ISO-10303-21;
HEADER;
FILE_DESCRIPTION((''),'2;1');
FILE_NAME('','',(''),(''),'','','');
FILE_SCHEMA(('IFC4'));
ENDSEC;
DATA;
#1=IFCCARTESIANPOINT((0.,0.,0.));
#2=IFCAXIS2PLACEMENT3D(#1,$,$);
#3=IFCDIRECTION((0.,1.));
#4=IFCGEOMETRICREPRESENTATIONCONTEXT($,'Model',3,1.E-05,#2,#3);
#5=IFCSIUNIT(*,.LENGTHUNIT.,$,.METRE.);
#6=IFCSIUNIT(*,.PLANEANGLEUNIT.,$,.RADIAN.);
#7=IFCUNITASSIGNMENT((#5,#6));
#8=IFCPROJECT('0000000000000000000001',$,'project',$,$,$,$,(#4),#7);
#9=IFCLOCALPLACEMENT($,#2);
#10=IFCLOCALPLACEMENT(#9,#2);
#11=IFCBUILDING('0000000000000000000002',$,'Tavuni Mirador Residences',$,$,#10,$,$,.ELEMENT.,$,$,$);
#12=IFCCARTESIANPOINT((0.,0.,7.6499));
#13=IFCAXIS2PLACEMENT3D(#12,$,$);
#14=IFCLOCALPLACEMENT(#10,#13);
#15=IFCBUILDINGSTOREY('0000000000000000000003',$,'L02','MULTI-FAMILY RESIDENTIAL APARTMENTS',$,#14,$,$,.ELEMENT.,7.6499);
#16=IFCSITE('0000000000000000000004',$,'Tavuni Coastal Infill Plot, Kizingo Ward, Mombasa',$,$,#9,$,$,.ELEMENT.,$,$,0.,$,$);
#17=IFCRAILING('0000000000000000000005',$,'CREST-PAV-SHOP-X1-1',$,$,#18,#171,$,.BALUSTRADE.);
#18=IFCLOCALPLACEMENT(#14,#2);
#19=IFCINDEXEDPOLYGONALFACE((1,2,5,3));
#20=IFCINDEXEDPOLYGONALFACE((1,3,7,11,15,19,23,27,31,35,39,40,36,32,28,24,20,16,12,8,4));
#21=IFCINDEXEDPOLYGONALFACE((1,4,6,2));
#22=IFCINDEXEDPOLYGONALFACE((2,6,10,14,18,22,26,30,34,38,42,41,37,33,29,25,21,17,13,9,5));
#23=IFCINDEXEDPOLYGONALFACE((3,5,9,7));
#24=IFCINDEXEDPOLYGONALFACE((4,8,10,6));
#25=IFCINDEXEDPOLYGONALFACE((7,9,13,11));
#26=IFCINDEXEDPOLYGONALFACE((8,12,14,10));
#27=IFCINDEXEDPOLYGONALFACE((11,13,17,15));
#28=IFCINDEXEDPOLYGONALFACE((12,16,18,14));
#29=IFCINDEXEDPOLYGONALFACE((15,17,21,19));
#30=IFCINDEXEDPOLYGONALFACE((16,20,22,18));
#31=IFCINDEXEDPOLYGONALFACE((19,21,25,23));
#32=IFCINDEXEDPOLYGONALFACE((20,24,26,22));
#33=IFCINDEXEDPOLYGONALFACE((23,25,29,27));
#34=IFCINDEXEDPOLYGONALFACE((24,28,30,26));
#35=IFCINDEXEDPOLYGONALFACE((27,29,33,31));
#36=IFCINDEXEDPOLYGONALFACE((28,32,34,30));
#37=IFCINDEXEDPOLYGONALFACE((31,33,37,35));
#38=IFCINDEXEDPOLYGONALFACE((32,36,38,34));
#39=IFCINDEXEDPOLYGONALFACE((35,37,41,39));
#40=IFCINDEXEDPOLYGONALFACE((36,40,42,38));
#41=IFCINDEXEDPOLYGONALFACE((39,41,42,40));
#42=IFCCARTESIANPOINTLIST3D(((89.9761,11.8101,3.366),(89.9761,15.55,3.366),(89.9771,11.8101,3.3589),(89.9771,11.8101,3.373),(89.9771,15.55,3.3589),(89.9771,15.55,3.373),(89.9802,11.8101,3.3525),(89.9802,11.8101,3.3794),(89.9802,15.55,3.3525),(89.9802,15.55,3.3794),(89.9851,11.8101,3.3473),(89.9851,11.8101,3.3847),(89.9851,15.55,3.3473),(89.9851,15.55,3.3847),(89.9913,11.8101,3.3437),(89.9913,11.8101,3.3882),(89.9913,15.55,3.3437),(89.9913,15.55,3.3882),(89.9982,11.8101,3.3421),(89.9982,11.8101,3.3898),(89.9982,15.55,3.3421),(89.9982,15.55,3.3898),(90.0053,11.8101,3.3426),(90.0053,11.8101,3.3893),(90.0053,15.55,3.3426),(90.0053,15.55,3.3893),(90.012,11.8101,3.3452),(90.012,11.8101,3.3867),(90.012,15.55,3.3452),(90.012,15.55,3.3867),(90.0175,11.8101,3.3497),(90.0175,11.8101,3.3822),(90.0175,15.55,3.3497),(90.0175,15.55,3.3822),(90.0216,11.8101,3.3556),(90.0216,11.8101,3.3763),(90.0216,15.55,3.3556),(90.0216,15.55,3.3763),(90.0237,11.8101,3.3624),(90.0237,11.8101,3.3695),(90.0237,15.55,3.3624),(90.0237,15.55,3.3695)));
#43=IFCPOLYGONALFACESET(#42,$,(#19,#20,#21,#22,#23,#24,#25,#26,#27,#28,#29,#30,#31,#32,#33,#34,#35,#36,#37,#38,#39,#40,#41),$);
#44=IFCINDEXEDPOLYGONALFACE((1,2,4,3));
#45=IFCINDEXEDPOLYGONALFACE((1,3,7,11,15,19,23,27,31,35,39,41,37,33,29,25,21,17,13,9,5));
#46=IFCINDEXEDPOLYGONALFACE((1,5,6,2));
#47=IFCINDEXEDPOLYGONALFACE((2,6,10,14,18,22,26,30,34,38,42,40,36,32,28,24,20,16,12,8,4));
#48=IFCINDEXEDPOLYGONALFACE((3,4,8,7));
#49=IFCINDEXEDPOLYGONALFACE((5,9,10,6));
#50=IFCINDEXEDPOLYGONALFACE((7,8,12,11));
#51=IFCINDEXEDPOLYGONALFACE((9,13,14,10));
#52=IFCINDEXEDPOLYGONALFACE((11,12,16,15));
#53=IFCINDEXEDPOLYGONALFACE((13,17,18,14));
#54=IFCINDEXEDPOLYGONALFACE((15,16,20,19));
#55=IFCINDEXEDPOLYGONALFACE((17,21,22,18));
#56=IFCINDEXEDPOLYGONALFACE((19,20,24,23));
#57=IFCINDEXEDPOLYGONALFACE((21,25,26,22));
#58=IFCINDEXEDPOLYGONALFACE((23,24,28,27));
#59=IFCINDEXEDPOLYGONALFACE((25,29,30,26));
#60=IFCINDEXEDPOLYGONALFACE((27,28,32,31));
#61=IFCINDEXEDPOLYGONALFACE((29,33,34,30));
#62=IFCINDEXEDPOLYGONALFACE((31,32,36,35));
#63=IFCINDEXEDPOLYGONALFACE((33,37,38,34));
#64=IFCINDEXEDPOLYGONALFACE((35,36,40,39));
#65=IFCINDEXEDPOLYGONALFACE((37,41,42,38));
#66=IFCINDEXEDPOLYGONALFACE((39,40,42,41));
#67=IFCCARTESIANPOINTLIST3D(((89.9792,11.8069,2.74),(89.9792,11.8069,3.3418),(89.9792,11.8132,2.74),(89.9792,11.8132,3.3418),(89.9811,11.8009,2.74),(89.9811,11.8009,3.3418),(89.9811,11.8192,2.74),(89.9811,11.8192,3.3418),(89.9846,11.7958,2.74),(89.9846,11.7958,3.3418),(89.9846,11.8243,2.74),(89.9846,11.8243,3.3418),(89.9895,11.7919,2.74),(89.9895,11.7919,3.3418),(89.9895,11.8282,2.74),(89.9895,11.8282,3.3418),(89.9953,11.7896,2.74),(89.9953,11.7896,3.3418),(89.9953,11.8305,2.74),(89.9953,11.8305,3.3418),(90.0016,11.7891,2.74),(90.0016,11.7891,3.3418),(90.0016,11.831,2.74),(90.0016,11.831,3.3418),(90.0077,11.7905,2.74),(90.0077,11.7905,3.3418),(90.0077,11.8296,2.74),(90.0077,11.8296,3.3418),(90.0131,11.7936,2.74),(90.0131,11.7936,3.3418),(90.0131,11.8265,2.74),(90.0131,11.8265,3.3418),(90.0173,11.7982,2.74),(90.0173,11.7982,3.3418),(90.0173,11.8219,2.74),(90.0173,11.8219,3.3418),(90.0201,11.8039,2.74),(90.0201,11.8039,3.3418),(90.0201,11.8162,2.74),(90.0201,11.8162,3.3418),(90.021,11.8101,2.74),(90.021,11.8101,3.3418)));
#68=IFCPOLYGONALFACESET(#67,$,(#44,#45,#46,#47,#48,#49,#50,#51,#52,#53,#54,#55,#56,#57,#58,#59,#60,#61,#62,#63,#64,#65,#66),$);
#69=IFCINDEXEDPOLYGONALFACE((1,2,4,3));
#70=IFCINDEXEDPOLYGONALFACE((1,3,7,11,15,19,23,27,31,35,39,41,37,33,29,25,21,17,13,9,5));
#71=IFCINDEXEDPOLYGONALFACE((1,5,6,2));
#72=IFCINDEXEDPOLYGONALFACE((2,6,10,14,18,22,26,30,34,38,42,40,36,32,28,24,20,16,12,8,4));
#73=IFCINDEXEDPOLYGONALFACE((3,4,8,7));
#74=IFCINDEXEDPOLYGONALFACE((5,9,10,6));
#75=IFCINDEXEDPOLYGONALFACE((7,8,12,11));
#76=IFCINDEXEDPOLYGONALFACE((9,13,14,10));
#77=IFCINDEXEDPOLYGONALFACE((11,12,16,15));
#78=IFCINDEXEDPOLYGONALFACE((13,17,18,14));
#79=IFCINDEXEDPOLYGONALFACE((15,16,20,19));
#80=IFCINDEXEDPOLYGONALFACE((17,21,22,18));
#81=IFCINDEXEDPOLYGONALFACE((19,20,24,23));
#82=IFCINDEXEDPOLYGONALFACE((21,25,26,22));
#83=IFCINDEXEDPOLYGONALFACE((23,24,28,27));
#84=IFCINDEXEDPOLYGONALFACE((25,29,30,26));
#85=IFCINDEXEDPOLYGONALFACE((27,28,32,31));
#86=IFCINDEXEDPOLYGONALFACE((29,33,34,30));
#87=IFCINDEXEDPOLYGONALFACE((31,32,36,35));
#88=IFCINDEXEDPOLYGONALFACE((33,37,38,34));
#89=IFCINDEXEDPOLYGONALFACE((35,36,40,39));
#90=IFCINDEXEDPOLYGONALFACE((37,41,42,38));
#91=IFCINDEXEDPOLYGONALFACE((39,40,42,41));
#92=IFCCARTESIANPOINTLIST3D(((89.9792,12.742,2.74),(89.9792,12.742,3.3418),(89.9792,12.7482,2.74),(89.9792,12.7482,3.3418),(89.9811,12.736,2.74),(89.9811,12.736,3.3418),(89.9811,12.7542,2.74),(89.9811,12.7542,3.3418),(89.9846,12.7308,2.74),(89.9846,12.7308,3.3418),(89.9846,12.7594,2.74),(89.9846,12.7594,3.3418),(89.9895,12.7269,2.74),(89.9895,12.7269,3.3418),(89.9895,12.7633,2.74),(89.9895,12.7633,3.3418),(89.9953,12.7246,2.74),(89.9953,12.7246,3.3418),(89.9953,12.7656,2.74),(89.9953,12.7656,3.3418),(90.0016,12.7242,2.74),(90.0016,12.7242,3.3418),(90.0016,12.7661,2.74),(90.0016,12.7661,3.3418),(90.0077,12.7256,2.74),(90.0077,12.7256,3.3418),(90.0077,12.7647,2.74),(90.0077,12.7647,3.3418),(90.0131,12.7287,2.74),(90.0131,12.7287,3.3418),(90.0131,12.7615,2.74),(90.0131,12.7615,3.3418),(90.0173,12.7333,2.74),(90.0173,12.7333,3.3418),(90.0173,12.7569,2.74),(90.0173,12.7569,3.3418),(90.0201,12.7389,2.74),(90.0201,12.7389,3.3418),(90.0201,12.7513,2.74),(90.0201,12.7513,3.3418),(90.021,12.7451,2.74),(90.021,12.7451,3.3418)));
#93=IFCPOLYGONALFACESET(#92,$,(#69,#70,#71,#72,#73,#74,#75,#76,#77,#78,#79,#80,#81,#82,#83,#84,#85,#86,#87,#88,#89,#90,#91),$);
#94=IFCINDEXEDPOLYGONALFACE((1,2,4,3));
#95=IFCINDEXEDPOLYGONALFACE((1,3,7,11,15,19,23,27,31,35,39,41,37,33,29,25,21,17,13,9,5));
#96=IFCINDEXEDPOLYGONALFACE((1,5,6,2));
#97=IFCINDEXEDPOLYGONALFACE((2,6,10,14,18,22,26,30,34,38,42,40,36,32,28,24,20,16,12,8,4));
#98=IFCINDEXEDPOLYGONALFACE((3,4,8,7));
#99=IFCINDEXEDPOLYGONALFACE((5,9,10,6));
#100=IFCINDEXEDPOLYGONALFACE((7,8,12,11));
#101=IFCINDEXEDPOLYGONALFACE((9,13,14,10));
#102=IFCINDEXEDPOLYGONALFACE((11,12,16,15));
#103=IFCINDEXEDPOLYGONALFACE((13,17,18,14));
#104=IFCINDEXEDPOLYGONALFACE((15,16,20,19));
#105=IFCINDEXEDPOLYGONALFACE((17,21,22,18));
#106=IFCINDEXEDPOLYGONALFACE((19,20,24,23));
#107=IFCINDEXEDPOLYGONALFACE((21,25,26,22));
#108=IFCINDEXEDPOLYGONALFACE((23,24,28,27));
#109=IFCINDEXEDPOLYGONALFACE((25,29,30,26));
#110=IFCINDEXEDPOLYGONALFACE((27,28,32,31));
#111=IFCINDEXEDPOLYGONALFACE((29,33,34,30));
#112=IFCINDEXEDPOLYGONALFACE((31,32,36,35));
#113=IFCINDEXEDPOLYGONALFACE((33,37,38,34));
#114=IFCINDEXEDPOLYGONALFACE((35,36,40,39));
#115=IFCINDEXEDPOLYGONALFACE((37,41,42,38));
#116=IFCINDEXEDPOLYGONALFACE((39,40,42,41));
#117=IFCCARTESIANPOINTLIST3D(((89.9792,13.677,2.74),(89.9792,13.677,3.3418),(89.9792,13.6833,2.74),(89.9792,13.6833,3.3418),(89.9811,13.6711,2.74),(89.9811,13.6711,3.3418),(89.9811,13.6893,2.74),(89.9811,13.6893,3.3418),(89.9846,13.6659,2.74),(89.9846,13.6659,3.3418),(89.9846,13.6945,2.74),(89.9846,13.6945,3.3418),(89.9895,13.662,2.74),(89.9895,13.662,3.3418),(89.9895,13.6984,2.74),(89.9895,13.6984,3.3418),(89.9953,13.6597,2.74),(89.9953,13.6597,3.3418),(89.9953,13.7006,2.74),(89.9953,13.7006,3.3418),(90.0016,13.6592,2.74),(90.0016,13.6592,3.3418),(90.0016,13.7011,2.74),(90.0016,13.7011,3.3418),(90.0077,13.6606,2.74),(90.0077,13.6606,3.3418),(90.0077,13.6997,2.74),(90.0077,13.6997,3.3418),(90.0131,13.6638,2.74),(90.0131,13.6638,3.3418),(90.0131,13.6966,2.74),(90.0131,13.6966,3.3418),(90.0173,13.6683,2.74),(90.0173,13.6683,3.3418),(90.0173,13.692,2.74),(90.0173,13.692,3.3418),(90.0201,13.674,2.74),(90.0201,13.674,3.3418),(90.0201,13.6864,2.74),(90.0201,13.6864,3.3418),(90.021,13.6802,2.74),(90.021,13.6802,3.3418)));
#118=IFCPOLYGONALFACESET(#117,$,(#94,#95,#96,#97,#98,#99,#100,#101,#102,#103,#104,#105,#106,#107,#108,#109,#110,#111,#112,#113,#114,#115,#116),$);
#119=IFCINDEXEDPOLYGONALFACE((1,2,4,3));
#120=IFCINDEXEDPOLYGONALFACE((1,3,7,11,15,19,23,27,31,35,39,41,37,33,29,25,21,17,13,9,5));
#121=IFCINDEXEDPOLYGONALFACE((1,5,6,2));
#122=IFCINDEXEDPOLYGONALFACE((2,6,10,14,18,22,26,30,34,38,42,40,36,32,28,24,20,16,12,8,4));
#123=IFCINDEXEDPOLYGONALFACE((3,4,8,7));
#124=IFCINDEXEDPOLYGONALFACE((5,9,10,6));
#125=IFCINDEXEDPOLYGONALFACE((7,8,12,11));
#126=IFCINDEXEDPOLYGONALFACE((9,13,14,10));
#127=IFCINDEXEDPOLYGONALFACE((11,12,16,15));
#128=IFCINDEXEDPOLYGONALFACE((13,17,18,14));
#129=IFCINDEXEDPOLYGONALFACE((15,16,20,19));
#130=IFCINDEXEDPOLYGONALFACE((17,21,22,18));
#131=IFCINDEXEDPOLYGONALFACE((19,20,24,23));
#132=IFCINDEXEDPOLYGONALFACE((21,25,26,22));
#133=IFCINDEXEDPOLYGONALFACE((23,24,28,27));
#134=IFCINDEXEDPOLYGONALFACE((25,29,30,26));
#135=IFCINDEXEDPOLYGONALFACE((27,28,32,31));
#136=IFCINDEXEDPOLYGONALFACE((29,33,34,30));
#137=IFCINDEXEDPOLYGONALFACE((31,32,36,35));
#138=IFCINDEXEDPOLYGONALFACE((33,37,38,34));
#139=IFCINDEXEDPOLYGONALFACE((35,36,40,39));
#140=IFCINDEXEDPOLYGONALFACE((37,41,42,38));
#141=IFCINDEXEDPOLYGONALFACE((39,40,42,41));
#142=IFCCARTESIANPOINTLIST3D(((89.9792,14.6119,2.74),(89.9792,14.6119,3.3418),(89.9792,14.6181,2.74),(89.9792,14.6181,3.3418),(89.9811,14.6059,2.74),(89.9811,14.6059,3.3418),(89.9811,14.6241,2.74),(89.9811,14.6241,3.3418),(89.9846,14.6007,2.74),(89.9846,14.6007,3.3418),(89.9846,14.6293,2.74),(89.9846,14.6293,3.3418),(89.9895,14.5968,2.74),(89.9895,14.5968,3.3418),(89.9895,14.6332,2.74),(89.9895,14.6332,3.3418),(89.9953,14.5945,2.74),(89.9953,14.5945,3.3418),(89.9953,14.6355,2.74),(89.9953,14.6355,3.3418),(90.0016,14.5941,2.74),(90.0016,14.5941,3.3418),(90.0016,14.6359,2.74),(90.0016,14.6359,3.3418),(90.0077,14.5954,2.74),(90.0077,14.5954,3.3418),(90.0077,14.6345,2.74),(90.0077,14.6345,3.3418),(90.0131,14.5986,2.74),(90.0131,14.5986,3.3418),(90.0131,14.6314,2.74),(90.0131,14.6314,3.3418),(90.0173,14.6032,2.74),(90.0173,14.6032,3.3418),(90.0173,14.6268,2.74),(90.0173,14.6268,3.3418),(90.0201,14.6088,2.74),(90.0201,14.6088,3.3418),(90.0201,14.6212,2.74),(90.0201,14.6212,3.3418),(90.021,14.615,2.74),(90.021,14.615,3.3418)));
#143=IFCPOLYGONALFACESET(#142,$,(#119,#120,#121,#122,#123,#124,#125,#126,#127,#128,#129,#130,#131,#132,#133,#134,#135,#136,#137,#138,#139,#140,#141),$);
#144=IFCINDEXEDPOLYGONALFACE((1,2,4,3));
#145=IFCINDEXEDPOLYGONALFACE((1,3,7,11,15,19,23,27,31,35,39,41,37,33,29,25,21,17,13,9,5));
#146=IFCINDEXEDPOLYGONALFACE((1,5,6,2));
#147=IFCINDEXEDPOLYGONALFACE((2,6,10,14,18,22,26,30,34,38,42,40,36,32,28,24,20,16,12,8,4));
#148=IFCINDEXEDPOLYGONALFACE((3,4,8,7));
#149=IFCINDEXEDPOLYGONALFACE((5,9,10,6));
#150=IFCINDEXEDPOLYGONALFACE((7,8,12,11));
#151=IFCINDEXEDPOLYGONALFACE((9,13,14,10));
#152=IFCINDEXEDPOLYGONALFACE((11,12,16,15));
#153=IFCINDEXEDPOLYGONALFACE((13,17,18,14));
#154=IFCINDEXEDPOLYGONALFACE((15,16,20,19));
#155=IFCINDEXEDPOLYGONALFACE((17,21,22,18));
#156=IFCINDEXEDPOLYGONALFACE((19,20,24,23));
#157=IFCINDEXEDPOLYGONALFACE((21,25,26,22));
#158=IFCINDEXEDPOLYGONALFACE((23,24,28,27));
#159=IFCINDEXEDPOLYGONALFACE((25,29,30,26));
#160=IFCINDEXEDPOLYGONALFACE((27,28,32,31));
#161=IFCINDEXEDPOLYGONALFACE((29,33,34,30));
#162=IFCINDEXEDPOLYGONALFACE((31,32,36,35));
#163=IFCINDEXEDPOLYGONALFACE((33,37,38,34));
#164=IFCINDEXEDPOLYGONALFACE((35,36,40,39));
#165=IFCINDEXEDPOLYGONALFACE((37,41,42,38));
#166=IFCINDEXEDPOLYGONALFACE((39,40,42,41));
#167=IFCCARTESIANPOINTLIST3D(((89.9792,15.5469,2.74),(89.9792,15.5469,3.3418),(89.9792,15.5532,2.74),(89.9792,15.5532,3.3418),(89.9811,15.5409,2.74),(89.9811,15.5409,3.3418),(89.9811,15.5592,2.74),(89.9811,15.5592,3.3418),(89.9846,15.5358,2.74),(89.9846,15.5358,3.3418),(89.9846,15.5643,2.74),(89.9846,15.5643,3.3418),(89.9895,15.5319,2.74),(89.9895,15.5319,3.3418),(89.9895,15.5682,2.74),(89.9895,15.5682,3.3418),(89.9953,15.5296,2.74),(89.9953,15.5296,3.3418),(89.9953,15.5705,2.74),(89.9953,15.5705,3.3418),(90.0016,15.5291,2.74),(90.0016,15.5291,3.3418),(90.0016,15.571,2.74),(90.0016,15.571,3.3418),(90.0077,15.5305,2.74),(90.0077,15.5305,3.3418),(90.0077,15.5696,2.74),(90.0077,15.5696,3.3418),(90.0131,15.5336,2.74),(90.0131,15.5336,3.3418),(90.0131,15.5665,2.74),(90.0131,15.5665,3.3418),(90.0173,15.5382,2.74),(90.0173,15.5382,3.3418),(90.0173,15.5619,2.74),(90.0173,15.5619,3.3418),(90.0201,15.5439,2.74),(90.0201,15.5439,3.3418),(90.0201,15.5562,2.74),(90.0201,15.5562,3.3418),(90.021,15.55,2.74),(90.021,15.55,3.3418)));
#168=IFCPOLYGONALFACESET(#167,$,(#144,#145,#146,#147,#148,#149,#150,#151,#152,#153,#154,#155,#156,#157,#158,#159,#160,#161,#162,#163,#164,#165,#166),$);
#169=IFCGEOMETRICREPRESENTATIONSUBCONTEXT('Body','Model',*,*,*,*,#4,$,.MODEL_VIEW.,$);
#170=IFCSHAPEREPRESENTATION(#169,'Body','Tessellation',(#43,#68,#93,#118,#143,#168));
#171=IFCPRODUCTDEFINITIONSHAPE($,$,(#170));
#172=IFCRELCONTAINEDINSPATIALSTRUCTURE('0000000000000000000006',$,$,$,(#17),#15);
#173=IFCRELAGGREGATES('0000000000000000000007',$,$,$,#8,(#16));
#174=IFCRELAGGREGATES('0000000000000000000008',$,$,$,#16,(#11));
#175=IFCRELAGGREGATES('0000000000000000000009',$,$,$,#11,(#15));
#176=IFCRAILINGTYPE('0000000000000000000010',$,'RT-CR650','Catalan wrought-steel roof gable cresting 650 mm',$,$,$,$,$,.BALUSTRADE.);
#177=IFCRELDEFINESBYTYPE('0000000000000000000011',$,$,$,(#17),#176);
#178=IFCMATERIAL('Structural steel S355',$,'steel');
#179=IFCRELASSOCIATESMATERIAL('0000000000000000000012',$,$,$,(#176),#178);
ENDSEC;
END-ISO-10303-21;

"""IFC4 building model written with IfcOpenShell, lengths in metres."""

from ifc_helpers import new_model, si_unit, direction, frame, origin, origin_2d, place, context, subcontext, project, spatial, circle, extrude, material, type_object, element, save


model = new_model("IFC4")

# Units and contexts
model_context = context("Model", 3, precision=1e-05, world=origin(), true_north=direction((0.0, 1.0)))
body_context = subcontext(model_context, "Body", "Model", "MODEL_VIEW")
ifc_project = project(units=[si_unit("LENGTHUNIT", "METRE"), si_unit("PLANEANGLEUNIT", "RADIAN")], contexts=[model_context])

# Site, building, storey
site_placement = place(None, origin())
site = spatial("IfcSite", under=ifc_project, at=site_placement, Name="Tavuni Coastal Infill Plot, Kizingo Ward, Mombasa", CompositionType="ELEMENT", RefElevation=0.0)
building_placement = place(site_placement, origin())
building = spatial("IfcBuilding", under=site, at=building_placement, Name="Tavuni Mirador Residences", CompositionType="ELEMENT")
storey_placement = place(building_placement, frame((0.0, 0.0, 7.6499)))
storey = spatial("IfcBuildingStorey", under=building, at=storey_placement, Name="L02", Description="MULTI-FAMILY RESIDENTIAL APARTMENTS", CompositionType="ELEMENT", Elevation=7.6499)

# Shared definitions
ifc_material_1 = material(Name="Structural steel S355", Category="steel")

# Railing
railing_type = type_object("IfcRailingType", Name="RT-CR650", Description="Catalan wrought-steel roof gable cresting 650 mm", PredefinedType="BALUSTRADE", material=ifc_material_1)
for number, where, name in (
    (1, (90.0, 11.8101, 2.74), "CREST-PAV-SHOP-X1-1"),
):
    element("IfcRailing", number, at=place(storey_placement, frame(where)), inside=storey, type_object=railing_type, Name=name, PredefinedType="BALUSTRADE", context=body_context, shape_type="SweptSolid", body=[
        extrude(circle(Radius=0.0239, at=origin_2d()), frame((0.0, 0.0, 0.626), z_axis=(0.0, 1.0, 0.0), x_axis=(-1.0, 0.0, 0.0)), (0.0, 0.0, 1.0), 3.74),
        extrude(circle(Radius=0.021, at=origin_2d()), origin(), (0.0, 0.0, 1.0), 0.6018),
        extrude(circle(Radius=0.021, at=origin_2d()), frame((0.0, 0.9351, 0.0)), (0.0, 0.0, 1.0), 0.6018),
        extrude(circle(Radius=0.021, at=origin_2d()), frame((0.0, 1.8701, 0.0)), (0.0, 0.0, 1.0), 0.6018),
        extrude(circle(Radius=0.021, at=origin_2d()), frame((0.0, 2.8049, 0.0)), (0.0, 0.0, 1.0), 0.6018),
        extrude(circle(Radius=0.021, at=origin_2d()), frame((0.0, 3.74, 0.0)), (0.0, 0.0, 1.0), 0.6018),
    ])

save(model, "model.ifc")
